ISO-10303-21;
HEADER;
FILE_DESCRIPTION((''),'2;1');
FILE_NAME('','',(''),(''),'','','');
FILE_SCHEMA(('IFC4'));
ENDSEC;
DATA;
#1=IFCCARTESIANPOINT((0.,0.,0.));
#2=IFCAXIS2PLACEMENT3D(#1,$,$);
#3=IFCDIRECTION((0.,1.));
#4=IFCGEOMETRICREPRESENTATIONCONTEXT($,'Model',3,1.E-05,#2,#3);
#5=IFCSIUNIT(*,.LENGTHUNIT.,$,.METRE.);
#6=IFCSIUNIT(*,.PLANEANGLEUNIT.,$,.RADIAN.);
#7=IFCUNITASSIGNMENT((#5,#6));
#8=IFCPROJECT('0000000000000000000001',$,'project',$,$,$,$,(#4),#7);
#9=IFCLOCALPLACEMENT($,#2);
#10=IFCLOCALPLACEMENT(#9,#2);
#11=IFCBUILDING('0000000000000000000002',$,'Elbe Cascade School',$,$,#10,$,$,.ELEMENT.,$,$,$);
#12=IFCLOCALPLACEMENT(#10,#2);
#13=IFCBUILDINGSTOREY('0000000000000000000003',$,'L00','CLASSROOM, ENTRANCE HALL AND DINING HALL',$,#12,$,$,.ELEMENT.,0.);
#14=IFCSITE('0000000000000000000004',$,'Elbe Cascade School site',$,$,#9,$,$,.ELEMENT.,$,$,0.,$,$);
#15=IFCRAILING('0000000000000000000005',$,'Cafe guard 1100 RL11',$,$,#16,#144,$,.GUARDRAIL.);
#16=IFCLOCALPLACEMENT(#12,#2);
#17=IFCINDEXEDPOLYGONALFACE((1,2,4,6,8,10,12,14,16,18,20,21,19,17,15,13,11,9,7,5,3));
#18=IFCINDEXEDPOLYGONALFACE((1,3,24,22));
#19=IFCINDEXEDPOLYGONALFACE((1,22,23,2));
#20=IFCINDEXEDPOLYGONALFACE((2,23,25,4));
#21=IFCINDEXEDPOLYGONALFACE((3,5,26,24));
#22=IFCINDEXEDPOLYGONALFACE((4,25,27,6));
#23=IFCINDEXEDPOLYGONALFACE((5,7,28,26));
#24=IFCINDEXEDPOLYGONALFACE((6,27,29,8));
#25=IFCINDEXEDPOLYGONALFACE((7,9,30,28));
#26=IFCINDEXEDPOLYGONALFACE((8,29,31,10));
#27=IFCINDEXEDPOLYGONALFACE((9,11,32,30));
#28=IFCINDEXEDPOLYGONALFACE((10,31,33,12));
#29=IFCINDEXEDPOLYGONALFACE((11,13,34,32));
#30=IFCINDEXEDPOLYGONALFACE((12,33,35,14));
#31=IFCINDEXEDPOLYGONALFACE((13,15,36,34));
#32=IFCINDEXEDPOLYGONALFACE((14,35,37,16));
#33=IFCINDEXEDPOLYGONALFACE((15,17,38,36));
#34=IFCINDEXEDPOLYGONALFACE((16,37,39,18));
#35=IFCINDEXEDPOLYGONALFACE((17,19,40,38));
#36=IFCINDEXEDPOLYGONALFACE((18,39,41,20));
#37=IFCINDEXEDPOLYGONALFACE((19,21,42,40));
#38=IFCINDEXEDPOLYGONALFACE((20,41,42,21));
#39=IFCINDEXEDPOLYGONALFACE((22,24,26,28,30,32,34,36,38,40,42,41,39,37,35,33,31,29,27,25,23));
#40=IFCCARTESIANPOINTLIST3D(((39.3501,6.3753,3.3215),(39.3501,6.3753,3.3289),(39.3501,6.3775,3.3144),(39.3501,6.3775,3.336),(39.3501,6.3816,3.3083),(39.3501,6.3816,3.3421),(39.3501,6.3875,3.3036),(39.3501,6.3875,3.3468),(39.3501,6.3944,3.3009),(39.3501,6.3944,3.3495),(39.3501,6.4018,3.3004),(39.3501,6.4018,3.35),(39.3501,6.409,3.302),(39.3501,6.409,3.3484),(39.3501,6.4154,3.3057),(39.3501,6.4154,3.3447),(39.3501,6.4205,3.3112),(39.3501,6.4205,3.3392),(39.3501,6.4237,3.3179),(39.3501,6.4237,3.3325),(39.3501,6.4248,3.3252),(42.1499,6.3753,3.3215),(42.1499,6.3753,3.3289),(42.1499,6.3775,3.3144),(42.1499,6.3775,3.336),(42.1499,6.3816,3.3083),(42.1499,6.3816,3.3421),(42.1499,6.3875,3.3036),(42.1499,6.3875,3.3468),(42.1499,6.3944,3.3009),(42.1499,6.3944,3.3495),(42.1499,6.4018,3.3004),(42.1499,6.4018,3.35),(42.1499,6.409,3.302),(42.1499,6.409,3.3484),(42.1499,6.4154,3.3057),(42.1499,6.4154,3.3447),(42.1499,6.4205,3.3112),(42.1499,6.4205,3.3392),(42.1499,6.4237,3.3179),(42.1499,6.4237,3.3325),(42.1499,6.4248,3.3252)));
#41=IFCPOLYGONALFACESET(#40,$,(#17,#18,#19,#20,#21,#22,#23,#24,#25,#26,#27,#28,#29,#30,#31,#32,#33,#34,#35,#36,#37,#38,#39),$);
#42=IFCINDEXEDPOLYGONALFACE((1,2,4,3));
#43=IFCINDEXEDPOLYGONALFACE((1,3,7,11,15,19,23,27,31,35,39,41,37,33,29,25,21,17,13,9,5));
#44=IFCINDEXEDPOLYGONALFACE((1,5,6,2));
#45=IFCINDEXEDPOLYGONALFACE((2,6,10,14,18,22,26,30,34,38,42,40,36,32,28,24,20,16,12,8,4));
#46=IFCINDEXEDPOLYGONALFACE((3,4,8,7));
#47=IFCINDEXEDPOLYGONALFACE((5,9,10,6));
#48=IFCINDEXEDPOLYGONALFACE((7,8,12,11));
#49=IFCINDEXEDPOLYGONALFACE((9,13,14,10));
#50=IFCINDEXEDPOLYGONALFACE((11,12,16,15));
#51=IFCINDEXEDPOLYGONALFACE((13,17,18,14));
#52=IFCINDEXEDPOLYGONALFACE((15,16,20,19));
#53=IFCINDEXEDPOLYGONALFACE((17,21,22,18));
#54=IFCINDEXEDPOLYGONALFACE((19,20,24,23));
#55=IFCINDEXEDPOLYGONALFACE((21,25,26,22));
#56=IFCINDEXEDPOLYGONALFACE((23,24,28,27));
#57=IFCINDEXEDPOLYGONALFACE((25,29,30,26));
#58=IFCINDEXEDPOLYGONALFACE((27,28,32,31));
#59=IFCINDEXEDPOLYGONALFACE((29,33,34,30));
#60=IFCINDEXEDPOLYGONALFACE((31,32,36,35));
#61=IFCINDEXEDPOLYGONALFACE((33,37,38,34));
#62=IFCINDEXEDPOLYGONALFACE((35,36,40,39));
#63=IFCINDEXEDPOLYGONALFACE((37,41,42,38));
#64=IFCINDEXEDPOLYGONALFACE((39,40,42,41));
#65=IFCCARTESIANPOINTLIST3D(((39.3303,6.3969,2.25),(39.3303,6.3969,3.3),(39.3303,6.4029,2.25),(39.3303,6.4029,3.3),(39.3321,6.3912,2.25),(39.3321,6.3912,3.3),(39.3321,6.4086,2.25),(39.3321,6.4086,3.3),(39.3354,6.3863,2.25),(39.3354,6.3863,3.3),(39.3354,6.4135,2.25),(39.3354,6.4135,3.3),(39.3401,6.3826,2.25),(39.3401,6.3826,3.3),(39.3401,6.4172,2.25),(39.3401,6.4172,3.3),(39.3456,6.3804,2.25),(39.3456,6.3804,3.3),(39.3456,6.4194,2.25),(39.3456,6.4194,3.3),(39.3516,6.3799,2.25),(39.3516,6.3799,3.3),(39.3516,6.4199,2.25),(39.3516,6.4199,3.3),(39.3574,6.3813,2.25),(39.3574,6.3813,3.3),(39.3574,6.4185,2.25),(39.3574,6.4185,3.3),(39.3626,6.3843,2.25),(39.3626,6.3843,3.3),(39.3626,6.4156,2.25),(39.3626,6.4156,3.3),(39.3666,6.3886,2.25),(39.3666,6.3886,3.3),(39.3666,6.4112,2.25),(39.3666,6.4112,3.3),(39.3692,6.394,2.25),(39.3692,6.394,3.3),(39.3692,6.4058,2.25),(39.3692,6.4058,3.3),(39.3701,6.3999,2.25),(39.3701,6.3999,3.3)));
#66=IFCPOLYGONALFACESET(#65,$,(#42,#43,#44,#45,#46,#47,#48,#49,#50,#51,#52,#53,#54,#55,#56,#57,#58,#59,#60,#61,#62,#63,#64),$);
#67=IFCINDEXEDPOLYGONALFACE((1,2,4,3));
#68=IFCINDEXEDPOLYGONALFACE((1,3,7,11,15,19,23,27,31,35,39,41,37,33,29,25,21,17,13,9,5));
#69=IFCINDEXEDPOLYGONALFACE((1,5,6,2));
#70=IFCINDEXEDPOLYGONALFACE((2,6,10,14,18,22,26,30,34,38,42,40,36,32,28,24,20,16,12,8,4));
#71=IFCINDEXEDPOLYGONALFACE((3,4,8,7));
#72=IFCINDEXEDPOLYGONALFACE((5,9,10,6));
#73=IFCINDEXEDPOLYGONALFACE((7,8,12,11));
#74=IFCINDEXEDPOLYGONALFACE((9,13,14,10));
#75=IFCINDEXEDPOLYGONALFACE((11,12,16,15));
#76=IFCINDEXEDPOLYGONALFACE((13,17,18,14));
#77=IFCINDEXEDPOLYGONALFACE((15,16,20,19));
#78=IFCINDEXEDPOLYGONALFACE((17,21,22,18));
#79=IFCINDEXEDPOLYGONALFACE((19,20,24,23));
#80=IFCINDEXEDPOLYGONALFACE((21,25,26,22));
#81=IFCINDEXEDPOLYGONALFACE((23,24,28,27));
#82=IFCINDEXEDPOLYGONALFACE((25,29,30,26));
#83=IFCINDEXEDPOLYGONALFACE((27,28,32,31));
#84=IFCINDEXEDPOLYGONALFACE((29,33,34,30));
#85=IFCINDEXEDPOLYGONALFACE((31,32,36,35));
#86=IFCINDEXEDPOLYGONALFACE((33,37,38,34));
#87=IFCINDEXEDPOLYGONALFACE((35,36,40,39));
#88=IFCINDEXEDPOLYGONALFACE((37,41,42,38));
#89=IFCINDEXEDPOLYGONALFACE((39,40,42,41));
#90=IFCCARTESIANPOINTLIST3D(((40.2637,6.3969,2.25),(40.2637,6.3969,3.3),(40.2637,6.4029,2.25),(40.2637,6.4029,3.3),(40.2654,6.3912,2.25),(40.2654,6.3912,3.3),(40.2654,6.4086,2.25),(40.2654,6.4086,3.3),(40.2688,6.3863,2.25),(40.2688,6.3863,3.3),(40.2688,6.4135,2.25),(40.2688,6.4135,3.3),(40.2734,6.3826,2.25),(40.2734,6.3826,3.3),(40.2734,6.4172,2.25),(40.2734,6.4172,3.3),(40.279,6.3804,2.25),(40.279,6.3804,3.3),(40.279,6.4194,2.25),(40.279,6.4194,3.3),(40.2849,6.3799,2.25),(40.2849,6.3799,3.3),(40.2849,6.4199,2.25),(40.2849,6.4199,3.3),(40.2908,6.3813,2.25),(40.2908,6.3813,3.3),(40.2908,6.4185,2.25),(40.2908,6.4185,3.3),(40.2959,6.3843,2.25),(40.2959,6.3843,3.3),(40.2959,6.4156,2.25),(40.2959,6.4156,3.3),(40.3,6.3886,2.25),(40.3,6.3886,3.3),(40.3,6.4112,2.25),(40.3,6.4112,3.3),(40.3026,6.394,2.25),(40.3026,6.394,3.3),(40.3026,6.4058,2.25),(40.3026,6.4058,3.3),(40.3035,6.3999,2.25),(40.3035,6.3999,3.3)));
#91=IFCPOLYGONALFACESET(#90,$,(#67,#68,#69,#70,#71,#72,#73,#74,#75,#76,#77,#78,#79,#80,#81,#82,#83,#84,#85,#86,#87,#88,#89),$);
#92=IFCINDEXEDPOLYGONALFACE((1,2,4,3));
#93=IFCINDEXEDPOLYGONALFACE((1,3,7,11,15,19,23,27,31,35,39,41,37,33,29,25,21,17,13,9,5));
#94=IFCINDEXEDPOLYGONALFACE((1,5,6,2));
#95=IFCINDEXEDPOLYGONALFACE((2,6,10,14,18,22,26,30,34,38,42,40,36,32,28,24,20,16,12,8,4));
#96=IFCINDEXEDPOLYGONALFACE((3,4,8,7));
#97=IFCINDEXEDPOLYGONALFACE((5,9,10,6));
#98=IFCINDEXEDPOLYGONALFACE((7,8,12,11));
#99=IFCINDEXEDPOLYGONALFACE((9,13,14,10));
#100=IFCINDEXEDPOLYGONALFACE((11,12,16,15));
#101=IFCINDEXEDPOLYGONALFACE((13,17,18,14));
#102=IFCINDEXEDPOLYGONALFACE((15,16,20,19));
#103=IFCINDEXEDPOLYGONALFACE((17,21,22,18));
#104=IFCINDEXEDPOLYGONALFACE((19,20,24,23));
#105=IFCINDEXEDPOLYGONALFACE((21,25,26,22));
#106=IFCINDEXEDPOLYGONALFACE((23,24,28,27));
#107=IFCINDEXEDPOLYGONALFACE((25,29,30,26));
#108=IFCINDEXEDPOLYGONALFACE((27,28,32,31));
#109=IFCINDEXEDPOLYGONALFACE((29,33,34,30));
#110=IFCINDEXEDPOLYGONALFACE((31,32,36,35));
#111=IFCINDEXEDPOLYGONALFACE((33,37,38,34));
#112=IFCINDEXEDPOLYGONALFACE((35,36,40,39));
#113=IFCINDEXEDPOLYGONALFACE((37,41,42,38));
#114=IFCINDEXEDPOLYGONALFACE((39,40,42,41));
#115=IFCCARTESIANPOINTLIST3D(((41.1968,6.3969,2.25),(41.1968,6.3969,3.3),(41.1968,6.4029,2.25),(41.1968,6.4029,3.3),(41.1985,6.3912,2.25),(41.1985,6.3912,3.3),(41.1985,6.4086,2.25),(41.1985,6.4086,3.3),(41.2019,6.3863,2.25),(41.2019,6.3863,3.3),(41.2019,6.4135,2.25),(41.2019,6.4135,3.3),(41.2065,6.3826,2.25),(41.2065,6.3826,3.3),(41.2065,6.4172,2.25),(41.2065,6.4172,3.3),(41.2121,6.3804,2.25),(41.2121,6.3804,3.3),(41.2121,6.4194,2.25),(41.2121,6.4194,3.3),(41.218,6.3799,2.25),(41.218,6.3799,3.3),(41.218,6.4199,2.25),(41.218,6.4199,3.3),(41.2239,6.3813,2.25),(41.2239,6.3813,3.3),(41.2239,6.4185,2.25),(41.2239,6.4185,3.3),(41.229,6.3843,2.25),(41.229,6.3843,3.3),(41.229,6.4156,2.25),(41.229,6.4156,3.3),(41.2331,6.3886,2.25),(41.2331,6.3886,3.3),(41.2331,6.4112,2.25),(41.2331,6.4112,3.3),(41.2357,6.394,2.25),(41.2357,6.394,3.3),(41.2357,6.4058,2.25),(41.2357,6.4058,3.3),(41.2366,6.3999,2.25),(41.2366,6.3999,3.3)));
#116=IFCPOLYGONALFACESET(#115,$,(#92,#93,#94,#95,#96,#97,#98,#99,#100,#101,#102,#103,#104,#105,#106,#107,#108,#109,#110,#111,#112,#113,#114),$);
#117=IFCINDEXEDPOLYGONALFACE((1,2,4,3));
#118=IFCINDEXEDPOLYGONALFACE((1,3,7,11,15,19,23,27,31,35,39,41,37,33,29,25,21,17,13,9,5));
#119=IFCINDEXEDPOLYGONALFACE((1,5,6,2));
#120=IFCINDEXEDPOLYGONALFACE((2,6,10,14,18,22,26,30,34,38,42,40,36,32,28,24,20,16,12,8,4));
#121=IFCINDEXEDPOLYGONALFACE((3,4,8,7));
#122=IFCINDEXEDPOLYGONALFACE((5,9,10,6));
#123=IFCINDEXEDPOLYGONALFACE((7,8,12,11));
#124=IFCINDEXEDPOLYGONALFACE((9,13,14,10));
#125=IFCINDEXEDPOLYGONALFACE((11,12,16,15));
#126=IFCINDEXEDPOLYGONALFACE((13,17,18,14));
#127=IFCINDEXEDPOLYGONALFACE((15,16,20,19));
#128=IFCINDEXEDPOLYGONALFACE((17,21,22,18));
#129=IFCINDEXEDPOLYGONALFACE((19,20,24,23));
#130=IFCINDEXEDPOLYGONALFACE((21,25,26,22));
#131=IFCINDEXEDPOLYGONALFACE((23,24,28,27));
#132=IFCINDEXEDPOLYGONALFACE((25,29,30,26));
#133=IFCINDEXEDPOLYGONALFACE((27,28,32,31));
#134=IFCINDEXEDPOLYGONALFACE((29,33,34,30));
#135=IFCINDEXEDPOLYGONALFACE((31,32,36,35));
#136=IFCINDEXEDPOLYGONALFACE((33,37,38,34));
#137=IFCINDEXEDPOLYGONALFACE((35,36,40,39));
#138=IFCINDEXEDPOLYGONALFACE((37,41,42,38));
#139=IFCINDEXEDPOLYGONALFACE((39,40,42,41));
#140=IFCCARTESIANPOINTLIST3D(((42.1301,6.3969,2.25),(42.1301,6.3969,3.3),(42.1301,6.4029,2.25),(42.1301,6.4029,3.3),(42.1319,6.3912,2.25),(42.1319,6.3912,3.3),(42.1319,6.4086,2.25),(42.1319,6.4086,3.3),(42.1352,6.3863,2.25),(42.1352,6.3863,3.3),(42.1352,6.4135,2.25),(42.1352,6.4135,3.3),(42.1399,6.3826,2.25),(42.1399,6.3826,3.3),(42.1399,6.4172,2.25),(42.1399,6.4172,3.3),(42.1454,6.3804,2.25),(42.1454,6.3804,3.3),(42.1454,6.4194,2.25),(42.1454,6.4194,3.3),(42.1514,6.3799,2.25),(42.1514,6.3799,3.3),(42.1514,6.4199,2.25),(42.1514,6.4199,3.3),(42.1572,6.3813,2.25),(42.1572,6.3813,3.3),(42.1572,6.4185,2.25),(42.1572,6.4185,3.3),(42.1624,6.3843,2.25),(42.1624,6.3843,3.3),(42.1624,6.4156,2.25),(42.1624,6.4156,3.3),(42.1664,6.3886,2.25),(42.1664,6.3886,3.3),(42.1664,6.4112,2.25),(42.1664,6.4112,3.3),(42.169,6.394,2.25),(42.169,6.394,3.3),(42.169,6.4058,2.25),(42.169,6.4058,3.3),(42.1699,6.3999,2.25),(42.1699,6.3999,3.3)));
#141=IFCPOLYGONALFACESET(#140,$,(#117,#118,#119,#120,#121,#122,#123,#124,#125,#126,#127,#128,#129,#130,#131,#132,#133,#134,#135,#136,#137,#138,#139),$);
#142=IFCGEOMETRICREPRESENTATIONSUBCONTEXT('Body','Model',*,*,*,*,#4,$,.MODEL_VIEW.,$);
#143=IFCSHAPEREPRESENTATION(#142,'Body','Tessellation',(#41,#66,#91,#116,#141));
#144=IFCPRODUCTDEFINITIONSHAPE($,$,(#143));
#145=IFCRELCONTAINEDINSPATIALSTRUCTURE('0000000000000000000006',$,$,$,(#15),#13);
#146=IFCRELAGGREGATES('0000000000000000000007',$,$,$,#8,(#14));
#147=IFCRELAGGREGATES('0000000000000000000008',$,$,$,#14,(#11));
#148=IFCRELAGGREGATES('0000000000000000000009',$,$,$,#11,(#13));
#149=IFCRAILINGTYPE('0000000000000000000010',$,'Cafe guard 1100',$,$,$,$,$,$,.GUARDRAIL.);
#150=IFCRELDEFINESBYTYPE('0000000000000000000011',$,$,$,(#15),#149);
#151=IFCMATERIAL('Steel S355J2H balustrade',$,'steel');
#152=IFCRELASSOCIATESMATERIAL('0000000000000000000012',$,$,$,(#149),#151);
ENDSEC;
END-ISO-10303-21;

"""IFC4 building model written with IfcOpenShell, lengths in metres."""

from ifc_helpers import new_model, si_unit, direction, frame, origin, origin_2d, place, context, subcontext, project, spatial, circle, extrude, material, type_object, element, save


model = new_model("IFC4")

# Units and contexts
model_context = context("Model", 3, precision=1e-05, world=origin(), true_north=direction((0.0, 1.0)))
body_context = subcontext(model_context, "Body", "Model", "MODEL_VIEW")
ifc_project = project(units=[si_unit("LENGTHUNIT", "METRE"), si_unit("PLANEANGLEUNIT", "RADIAN")], contexts=[model_context])

# Site, building, storey
site_placement = place(None, origin())
site = spatial("IfcSite", under=ifc_project, at=site_placement, Name="Elbe Cascade School site", CompositionType="ELEMENT", RefElevation=0.0)
building_placement = place(site_placement, origin())
building = spatial("IfcBuilding", under=site, at=building_placement, Name="Elbe Cascade School", CompositionType="ELEMENT")
storey_placement = place(building_placement, origin())
storey = spatial("IfcBuildingStorey", under=building, at=storey_placement, Name="L00", Description="CLASSROOM, ENTRANCE HALL AND DINING HALL", CompositionType="ELEMENT", Elevation=0.0)

# Railing
ifc_material_1 = material(Name="Steel S355J2H balustrade", Category="steel")
railing_type_1 = type_object("IfcRailingType", Name="Cafe guard 1100", PredefinedType="GUARDRAIL", material=ifc_material_1)
railing_1_placement = place(storey_placement, frame((39.3501, 6.3999, 2.25)))
element("IfcRailing", 1, at=railing_1_placement, inside=storey, type_object=railing_type_1, Name="Cafe guard 1100 RL11", PredefinedType="GUARDRAIL", context=body_context, shape_type="SweptSolid", body=[
    extrude(circle(Radius=0.0249, at=origin_2d()), frame((0.0, 0.0, 1.0752), z_axis=(1.0, 0.0, 0.0), x_axis=(0.0, 1.0, 0.0)), (0.0, 0.0, 1.0), 2.7998),
    extrude(circle(Radius=0.02, at=origin_2d()), origin(), (0.0, 0.0, 1.0), 1.05),
    extrude(circle(Radius=0.02, at=origin_2d()), frame((0.9333, 0.0, 0.0)), (0.0, 0.0, 1.0), 1.05),
    extrude(circle(Radius=0.02, at=origin_2d()), frame((1.8665, 0.0, 0.0)), (0.0, 0.0, 1.0), 1.05),
    extrude(circle(Radius=0.02, at=origin_2d()), frame((2.7998, 0.0, 0.0)), (0.0, 0.0, 1.0), 1.05),
])

save(model, "model.ifc")
